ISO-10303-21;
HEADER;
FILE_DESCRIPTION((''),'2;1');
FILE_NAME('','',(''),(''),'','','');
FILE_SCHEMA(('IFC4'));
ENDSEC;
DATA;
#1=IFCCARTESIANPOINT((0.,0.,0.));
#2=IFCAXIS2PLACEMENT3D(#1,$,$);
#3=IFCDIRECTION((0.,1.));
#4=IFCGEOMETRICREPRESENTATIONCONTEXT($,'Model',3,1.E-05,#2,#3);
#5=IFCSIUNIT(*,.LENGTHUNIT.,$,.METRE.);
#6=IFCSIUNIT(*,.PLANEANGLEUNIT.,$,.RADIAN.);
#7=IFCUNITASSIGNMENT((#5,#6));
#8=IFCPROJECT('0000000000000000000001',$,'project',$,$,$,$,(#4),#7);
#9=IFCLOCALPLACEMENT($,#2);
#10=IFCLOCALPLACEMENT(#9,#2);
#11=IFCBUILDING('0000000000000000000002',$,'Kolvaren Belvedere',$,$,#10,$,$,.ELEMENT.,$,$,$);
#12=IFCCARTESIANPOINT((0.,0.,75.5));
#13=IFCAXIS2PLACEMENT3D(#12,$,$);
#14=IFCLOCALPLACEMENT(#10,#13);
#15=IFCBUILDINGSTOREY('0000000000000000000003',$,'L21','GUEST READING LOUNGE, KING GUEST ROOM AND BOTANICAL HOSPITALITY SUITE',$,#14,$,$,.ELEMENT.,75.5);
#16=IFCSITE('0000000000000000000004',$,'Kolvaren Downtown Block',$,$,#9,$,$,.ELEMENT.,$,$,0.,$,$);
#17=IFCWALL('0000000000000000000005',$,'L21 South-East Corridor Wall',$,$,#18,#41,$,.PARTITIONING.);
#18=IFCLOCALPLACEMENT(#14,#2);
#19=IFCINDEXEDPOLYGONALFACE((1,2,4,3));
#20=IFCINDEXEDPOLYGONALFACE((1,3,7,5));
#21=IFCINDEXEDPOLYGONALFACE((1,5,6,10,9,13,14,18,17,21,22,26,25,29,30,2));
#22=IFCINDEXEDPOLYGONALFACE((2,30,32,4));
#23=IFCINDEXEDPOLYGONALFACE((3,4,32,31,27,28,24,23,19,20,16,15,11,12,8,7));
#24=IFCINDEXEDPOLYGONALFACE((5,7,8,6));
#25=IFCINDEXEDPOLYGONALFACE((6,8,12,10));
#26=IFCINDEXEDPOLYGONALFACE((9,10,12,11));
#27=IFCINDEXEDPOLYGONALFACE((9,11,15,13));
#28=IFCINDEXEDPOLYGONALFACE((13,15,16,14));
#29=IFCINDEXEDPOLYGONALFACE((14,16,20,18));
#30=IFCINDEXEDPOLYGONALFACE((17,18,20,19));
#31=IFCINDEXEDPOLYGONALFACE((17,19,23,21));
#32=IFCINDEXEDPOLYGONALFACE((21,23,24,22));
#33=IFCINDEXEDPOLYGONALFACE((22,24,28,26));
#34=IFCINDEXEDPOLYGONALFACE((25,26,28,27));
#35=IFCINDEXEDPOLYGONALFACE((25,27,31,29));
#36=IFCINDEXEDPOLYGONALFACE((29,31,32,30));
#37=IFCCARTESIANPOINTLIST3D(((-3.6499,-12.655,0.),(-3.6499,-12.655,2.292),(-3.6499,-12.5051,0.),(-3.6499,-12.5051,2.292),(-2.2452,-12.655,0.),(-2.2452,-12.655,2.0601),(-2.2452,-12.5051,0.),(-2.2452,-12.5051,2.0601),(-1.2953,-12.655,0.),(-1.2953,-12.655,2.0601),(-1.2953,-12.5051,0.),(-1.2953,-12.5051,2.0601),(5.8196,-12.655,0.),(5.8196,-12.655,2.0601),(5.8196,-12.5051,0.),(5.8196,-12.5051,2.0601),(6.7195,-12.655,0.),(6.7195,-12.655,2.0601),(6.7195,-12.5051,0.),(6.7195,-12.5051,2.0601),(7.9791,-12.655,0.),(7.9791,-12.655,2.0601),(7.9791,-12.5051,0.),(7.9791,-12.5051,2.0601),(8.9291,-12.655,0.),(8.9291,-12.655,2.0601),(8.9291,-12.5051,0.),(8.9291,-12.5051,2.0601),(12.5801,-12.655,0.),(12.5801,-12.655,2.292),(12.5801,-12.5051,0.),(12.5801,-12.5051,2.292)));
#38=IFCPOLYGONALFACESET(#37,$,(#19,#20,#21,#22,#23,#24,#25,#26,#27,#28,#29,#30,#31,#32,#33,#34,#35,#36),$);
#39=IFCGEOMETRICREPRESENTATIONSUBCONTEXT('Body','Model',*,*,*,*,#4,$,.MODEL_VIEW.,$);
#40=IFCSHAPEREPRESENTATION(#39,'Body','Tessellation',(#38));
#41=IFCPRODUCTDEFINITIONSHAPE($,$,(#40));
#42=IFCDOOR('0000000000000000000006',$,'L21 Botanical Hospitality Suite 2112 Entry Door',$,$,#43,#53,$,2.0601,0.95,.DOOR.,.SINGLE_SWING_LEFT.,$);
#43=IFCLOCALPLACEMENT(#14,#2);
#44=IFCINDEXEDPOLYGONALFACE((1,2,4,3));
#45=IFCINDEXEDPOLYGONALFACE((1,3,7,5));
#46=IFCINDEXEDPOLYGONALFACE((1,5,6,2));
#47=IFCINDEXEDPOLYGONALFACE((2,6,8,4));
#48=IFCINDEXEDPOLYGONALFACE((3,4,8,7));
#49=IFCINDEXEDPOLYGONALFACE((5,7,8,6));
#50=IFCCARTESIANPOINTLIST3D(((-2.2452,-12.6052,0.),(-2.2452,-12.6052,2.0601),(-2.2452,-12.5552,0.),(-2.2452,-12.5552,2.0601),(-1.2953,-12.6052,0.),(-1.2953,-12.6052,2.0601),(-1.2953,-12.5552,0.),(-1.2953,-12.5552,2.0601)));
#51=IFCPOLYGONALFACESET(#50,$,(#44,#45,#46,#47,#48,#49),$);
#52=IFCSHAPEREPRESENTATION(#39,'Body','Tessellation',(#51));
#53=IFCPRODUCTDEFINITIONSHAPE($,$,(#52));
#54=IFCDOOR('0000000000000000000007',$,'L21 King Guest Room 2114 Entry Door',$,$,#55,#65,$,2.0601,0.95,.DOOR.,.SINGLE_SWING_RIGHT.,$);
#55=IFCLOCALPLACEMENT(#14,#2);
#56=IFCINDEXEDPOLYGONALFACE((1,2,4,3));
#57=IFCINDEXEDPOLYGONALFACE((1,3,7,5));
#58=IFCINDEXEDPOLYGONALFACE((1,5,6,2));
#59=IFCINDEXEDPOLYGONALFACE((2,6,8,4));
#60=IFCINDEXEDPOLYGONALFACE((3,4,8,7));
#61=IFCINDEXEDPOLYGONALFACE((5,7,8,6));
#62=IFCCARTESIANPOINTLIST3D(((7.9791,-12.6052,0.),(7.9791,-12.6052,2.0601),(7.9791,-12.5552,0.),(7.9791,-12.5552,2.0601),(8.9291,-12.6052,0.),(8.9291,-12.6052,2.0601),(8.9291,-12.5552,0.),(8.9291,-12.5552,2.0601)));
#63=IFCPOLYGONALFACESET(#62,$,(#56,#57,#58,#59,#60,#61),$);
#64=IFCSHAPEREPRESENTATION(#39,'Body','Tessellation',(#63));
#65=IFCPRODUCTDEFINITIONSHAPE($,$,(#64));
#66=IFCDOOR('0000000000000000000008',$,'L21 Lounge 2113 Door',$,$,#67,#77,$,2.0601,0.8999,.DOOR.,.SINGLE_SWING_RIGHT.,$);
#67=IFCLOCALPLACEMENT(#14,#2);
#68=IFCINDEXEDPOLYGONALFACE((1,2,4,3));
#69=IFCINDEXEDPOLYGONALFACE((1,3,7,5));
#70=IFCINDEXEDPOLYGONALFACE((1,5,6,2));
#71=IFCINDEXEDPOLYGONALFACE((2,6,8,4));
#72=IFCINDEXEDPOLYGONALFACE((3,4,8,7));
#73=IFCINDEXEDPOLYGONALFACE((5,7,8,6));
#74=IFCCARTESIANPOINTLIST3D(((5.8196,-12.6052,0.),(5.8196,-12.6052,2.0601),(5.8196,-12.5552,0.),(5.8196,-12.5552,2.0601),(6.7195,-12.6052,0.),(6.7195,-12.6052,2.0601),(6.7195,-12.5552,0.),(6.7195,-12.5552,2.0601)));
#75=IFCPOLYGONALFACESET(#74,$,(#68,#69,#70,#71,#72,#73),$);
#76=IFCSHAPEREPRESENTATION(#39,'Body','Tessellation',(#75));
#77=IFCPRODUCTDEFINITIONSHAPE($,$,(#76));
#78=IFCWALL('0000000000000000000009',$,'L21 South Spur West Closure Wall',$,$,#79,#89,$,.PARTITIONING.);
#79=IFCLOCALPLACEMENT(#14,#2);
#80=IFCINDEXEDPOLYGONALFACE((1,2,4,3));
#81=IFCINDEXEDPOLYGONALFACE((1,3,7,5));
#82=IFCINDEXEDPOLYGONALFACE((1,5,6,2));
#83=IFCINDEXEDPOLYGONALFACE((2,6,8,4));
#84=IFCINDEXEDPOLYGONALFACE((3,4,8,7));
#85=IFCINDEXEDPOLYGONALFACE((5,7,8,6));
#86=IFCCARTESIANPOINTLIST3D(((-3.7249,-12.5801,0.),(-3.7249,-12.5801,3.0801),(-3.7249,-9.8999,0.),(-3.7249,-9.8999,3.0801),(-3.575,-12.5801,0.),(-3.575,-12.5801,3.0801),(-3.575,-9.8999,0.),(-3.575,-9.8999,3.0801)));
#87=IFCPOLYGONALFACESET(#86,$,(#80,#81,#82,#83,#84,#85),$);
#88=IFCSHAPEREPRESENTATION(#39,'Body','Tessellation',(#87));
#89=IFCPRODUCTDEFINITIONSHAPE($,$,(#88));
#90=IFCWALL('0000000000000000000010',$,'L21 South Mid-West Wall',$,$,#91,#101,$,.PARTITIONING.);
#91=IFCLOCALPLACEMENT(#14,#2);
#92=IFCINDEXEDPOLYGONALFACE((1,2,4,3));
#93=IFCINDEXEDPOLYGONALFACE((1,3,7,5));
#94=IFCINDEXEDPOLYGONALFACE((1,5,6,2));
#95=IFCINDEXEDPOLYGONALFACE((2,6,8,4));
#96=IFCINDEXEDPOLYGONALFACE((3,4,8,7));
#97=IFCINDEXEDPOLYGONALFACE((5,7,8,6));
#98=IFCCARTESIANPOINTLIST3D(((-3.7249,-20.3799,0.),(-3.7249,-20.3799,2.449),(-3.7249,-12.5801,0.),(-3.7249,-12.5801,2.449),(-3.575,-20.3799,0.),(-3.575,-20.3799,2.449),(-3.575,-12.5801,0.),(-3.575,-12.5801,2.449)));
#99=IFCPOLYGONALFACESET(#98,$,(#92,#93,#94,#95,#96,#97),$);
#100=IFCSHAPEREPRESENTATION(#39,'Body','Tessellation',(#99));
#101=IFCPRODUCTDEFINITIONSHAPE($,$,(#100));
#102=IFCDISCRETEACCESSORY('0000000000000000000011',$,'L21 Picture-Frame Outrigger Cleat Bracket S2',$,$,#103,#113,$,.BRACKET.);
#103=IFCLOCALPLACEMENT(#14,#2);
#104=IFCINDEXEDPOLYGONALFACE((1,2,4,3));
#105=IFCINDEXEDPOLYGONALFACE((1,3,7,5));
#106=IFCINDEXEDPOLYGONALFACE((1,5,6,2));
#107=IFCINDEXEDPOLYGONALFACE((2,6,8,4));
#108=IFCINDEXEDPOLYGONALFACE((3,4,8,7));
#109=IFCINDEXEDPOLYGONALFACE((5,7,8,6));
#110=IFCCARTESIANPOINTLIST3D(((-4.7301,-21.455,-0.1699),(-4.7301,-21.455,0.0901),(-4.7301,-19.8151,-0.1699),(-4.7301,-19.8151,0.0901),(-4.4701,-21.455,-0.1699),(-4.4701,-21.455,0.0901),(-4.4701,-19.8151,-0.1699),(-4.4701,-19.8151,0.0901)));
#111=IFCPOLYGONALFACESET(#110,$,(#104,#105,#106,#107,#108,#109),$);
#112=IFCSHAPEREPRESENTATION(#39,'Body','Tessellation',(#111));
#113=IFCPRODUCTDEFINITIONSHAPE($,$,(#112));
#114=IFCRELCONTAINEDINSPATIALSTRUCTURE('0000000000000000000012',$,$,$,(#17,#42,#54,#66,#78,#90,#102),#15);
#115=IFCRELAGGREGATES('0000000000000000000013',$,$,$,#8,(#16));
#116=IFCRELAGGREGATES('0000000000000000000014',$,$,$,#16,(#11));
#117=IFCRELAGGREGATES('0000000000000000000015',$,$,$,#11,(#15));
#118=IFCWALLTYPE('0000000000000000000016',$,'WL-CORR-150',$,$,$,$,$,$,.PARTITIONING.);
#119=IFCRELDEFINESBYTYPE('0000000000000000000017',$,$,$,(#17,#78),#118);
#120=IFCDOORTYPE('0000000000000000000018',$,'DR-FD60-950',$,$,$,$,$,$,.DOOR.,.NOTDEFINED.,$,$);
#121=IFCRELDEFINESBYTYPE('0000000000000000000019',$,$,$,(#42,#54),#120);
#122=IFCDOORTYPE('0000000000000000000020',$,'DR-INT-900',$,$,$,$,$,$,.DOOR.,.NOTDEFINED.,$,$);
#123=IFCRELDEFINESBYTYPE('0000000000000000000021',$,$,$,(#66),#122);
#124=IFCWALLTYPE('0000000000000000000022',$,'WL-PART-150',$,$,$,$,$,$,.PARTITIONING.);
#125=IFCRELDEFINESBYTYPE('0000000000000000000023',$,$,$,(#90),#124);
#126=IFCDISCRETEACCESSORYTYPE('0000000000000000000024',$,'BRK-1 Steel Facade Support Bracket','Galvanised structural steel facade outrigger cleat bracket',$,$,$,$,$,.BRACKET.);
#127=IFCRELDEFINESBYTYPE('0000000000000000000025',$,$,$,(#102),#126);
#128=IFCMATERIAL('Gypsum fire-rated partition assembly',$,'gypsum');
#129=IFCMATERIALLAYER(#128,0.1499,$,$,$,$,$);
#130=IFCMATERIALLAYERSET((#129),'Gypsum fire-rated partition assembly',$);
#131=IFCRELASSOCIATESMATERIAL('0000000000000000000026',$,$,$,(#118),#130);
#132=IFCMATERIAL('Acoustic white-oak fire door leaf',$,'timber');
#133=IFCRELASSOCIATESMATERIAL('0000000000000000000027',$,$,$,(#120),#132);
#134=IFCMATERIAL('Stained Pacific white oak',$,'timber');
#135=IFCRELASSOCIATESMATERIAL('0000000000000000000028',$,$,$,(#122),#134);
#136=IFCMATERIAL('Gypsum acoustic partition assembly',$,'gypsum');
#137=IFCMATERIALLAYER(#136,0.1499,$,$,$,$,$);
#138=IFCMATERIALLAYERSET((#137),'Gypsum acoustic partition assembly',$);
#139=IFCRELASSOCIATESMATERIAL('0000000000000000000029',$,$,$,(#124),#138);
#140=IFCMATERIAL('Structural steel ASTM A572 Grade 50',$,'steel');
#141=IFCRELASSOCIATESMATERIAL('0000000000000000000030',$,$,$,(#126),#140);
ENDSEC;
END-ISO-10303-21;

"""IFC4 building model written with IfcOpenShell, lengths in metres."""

from ifc_helpers import new_model, si_unit, direction, frame, frame_2d, origin, origin_2d, place, context, subcontext, project, spatial, rectangle, extrude, material, layer, layer_set, type_object, element, fill, save


model = new_model("IFC4")

# Units and contexts
model_context = context("Model", 3, precision=1e-05, world=origin(), true_north=direction((0.0, 1.0)))
body_context = subcontext(model_context, "Body", "Model", "MODEL_VIEW")
ifc_project = project(units=[si_unit("LENGTHUNIT", "METRE"), si_unit("PLANEANGLEUNIT", "RADIAN")], contexts=[model_context])

# Site, building, storey
site_placement = place(None, origin())
site = spatial("IfcSite", under=ifc_project, at=site_placement, Name="Kolvaren Downtown Block", CompositionType="ELEMENT", RefElevation=0.0)
building_placement = place(site_placement, origin())
building = spatial("IfcBuilding", under=site, at=building_placement, Name="Kolvaren Belvedere", CompositionType="ELEMENT")
storey_placement = place(building_placement, frame((0.0, 0.0, 75.5)))
storey = spatial("IfcBuildingStorey", under=building, at=storey_placement, Name="L21", Description="GUEST READING LOUNGE, KING GUEST ROOM AND BOTANICAL HOSPITALITY SUITE", CompositionType="ELEMENT", Elevation=75.5)

# Wall, openings, doors
ifc_material_1 = material(Name="Gypsum fire-rated partition assembly", Category="gypsum")
ifc_layer_1 = layer(ifc_material_1, 0.1499)
ifc_layer_set_1 = layer_set([ifc_layer_1], Name="Gypsum fire-rated partition assembly")
wall_type_1 = type_object("IfcWallType", Name="WL-CORR-150", PredefinedType="PARTITIONING", material=ifc_layer_set_1)
wall_1_placement = place(storey_placement, frame((-3.6499, -12.5801, 0.0), z_axis=(0.0, 0.0, 1.0), x_axis=(1.0, 0.0, 0.0)))
wall_1 = element("IfcWall", 1, at=wall_1_placement, inside=storey, type_object=wall_type_1, Name="L21 South-East Corridor Wall", PredefinedType="PARTITIONING", context=body_context, shape_type="SweptSolid", body=[
    extrude(rectangle(XDim=16.23, YDim=0.1499, at=frame_2d((8.115, 0.0))), origin(), (0.0, 0.0, 1.0), 2.292),
])
opening_1_placement = place(wall_1_placement, frame((1.4045, 0.0, 0.0)))
opening_1 = element("IfcOpeningElement", 2, at=opening_1_placement, cuts=wall_1, PredefinedType="OPENING", context=body_context, shape_type="SweptSolid", body=[
    extrude(rectangle(XDim=0.95, YDim=2.0601, at=frame_2d((0.4751, 1.03))), frame((0.0, 0.085, 0.0), z_axis=(0.0, -1.0, 0.0), x_axis=(1.0, 0.0, 0.0)), (0.0, 0.0, 1.0), 0.1699),
])
opening_2_placement = place(wall_1_placement, frame((9.4695, 0.0, 0.0)))
opening_2 = element("IfcOpeningElement", 3, at=opening_2_placement, cuts=wall_1, PredefinedType="OPENING", context=body_context, shape_type="SweptSolid", body=[
    extrude(rectangle(XDim=0.8999, YDim=2.0601, at=frame_2d((0.45, 1.03))), frame((0.0, 0.085, 0.0), z_axis=(0.0, -1.0, 0.0), x_axis=(1.0, 0.0, 0.0)), (0.0, 0.0, 1.0), 0.1699),
])
opening_3_placement = place(wall_1_placement, frame((11.6289, 0.0, 0.0)))
opening_3 = element("IfcOpeningElement", 4, at=opening_3_placement, cuts=wall_1, PredefinedType="OPENING", context=body_context, shape_type="SweptSolid", body=[
    extrude(rectangle(XDim=0.95, YDim=2.0601, at=frame_2d((0.4751, 1.03))), frame((0.0, 0.085, 0.0), z_axis=(0.0, -1.0, 0.0), x_axis=(1.0, 0.0, 0.0)), (0.0, 0.0, 1.0), 0.1699),
])
ifc_material_2 = material(Name="Acoustic white-oak fire door leaf", Category="timber")
door_type_1 = type_object("IfcDoorType", Name="DR-FD60-950", OperationType="NOTDEFINED", PredefinedType="DOOR", material=ifc_material_2)
door_1_placement = place(opening_1_placement, origin())
door_1 = element("IfcDoor", 5, at=door_1_placement, inside=storey, type_object=door_type_1, Name="L21 Botanical Hospitality Suite 2112 Entry Door", OperationType="SINGLE_SWING_LEFT", OverallHeight=2.0601, OverallWidth=0.95, PredefinedType="DOOR", context=body_context, shape_type="SweptSolid", body=[
    extrude(rectangle(XDim=0.95, YDim=2.0601, at=frame_2d((0.4751, 1.03))), frame((0.0, 0.0249, 0.0), z_axis=(0.0, -1.0, 0.0), x_axis=(1.0, 0.0, 0.0)), (0.0, 0.0, 1.0), 0.05),
])
fill(opening_1, door_1)
door_2_placement = place(opening_3_placement, origin())
door_2 = element("IfcDoor", 6, at=door_2_placement, inside=storey, type_object=door_type_1, Name="L21 King Guest Room 2114 Entry Door", OperationType="SINGLE_SWING_RIGHT", OverallHeight=2.0601, OverallWidth=0.95, PredefinedType="DOOR", context=body_context, shape_type="SweptSolid", body=[
    extrude(rectangle(XDim=0.95, YDim=2.0601, at=frame_2d((0.4751, 1.03))), frame((0.0, 0.0249, 0.0), z_axis=(0.0, -1.0, 0.0), x_axis=(1.0, 0.0, 0.0)), (0.0, 0.0, 1.0), 0.05),
])
fill(opening_3, door_2)
ifc_material_3 = material(Name="Stained Pacific white oak", Category="timber")
door_type_2 = type_object("IfcDoorType", Name="DR-INT-900", OperationType="NOTDEFINED", PredefinedType="DOOR", material=ifc_material_3)
door_3_placement = place(opening_2_placement, origin())
door_3 = element("IfcDoor", 7, at=door_3_placement, inside=storey, type_object=door_type_2, Name="L21 Lounge 2113 Door", OperationType="SINGLE_SWING_RIGHT", OverallHeight=2.0601, OverallWidth=0.8999, PredefinedType="DOOR", context=body_context, shape_type="SweptSolid", body=[
    extrude(rectangle(XDim=0.8999, YDim=2.0601, at=frame_2d((0.45, 1.03))), frame((0.0, 0.0249, 0.0), z_axis=(0.0, -1.0, 0.0), x_axis=(1.0, 0.0, 0.0)), (0.0, 0.0, 1.0), 0.05),
])
fill(opening_2, door_3)

# Walls
wall_2_placement = place(storey_placement, frame((-3.6499, -12.5801, 0.0), z_axis=(0.0, 0.0, 1.0), x_axis=(0.0, 1.0, 0.0)))
element("IfcWall", 8, at=wall_2_placement, inside=storey, type_object=wall_type_1, Name="L21 South Spur West Closure Wall", PredefinedType="PARTITIONING", context=body_context, shape_type="SweptSolid", body=[
    extrude(rectangle(XDim=2.6802, YDim=0.1499, at=frame_2d((1.3401, 0.0))), origin(), (0.0, 0.0, 1.0), 3.0801),
])
ifc_material_4 = material(Name="Gypsum acoustic partition assembly", Category="gypsum")
ifc_layer_2 = layer(ifc_material_4, 0.1499)
ifc_layer_set_2 = layer_set([ifc_layer_2], Name="Gypsum acoustic partition assembly")
wall_type_2 = type_object("IfcWallType", Name="WL-PART-150", PredefinedType="PARTITIONING", material=ifc_layer_set_2)
wall_3_placement = place(storey_placement, frame((-3.6499, -20.3799, 0.0), z_axis=(0.0, 0.0, 1.0), x_axis=(0.0, 1.0, 0.0)))
element("IfcWall", 9, at=wall_3_placement, inside=storey, type_object=wall_type_2, Name="L21 South Mid-West Wall", PredefinedType="PARTITIONING", context=body_context, shape_type="SweptSolid", body=[
    extrude(rectangle(XDim=7.7998, YDim=0.1499, at=frame_2d((3.8999, 0.0))), origin(), (0.0, 0.0, 1.0), 2.449),
])

# Discrete accessory
ifc_material_5 = material(Name="Structural steel ASTM A572 Grade 50", Category="steel")
discrete_accessory_type = type_object("IfcDiscreteAccessoryType", Name="BRK-1 Steel Facade Support Bracket", Description="Galvanised structural steel facade outrigger cleat bracket", PredefinedType="BRACKET", material=ifc_material_5)
discrete_accessory_placement = place(storey_placement, frame((-4.6001, -20.635, -0.1699), z_axis=(0.0, 0.0, 1.0), x_axis=(0.0, 1.0, 0.0)))
element("IfcDiscreteAccessory", 10, at=discrete_accessory_placement, inside=storey, type_object=discrete_accessory_type, Name="L21 Picture-Frame Outrigger Cleat Bracket S2", PredefinedType="BRACKET", context=body_context, shape_type="SweptSolid", body=[
    extrude(rectangle(XDim=1.6399, YDim=0.26, at=origin_2d()), origin(), (0.0, 0.0, 1.0), 0.26),
])

save(model, "model.ifc")
